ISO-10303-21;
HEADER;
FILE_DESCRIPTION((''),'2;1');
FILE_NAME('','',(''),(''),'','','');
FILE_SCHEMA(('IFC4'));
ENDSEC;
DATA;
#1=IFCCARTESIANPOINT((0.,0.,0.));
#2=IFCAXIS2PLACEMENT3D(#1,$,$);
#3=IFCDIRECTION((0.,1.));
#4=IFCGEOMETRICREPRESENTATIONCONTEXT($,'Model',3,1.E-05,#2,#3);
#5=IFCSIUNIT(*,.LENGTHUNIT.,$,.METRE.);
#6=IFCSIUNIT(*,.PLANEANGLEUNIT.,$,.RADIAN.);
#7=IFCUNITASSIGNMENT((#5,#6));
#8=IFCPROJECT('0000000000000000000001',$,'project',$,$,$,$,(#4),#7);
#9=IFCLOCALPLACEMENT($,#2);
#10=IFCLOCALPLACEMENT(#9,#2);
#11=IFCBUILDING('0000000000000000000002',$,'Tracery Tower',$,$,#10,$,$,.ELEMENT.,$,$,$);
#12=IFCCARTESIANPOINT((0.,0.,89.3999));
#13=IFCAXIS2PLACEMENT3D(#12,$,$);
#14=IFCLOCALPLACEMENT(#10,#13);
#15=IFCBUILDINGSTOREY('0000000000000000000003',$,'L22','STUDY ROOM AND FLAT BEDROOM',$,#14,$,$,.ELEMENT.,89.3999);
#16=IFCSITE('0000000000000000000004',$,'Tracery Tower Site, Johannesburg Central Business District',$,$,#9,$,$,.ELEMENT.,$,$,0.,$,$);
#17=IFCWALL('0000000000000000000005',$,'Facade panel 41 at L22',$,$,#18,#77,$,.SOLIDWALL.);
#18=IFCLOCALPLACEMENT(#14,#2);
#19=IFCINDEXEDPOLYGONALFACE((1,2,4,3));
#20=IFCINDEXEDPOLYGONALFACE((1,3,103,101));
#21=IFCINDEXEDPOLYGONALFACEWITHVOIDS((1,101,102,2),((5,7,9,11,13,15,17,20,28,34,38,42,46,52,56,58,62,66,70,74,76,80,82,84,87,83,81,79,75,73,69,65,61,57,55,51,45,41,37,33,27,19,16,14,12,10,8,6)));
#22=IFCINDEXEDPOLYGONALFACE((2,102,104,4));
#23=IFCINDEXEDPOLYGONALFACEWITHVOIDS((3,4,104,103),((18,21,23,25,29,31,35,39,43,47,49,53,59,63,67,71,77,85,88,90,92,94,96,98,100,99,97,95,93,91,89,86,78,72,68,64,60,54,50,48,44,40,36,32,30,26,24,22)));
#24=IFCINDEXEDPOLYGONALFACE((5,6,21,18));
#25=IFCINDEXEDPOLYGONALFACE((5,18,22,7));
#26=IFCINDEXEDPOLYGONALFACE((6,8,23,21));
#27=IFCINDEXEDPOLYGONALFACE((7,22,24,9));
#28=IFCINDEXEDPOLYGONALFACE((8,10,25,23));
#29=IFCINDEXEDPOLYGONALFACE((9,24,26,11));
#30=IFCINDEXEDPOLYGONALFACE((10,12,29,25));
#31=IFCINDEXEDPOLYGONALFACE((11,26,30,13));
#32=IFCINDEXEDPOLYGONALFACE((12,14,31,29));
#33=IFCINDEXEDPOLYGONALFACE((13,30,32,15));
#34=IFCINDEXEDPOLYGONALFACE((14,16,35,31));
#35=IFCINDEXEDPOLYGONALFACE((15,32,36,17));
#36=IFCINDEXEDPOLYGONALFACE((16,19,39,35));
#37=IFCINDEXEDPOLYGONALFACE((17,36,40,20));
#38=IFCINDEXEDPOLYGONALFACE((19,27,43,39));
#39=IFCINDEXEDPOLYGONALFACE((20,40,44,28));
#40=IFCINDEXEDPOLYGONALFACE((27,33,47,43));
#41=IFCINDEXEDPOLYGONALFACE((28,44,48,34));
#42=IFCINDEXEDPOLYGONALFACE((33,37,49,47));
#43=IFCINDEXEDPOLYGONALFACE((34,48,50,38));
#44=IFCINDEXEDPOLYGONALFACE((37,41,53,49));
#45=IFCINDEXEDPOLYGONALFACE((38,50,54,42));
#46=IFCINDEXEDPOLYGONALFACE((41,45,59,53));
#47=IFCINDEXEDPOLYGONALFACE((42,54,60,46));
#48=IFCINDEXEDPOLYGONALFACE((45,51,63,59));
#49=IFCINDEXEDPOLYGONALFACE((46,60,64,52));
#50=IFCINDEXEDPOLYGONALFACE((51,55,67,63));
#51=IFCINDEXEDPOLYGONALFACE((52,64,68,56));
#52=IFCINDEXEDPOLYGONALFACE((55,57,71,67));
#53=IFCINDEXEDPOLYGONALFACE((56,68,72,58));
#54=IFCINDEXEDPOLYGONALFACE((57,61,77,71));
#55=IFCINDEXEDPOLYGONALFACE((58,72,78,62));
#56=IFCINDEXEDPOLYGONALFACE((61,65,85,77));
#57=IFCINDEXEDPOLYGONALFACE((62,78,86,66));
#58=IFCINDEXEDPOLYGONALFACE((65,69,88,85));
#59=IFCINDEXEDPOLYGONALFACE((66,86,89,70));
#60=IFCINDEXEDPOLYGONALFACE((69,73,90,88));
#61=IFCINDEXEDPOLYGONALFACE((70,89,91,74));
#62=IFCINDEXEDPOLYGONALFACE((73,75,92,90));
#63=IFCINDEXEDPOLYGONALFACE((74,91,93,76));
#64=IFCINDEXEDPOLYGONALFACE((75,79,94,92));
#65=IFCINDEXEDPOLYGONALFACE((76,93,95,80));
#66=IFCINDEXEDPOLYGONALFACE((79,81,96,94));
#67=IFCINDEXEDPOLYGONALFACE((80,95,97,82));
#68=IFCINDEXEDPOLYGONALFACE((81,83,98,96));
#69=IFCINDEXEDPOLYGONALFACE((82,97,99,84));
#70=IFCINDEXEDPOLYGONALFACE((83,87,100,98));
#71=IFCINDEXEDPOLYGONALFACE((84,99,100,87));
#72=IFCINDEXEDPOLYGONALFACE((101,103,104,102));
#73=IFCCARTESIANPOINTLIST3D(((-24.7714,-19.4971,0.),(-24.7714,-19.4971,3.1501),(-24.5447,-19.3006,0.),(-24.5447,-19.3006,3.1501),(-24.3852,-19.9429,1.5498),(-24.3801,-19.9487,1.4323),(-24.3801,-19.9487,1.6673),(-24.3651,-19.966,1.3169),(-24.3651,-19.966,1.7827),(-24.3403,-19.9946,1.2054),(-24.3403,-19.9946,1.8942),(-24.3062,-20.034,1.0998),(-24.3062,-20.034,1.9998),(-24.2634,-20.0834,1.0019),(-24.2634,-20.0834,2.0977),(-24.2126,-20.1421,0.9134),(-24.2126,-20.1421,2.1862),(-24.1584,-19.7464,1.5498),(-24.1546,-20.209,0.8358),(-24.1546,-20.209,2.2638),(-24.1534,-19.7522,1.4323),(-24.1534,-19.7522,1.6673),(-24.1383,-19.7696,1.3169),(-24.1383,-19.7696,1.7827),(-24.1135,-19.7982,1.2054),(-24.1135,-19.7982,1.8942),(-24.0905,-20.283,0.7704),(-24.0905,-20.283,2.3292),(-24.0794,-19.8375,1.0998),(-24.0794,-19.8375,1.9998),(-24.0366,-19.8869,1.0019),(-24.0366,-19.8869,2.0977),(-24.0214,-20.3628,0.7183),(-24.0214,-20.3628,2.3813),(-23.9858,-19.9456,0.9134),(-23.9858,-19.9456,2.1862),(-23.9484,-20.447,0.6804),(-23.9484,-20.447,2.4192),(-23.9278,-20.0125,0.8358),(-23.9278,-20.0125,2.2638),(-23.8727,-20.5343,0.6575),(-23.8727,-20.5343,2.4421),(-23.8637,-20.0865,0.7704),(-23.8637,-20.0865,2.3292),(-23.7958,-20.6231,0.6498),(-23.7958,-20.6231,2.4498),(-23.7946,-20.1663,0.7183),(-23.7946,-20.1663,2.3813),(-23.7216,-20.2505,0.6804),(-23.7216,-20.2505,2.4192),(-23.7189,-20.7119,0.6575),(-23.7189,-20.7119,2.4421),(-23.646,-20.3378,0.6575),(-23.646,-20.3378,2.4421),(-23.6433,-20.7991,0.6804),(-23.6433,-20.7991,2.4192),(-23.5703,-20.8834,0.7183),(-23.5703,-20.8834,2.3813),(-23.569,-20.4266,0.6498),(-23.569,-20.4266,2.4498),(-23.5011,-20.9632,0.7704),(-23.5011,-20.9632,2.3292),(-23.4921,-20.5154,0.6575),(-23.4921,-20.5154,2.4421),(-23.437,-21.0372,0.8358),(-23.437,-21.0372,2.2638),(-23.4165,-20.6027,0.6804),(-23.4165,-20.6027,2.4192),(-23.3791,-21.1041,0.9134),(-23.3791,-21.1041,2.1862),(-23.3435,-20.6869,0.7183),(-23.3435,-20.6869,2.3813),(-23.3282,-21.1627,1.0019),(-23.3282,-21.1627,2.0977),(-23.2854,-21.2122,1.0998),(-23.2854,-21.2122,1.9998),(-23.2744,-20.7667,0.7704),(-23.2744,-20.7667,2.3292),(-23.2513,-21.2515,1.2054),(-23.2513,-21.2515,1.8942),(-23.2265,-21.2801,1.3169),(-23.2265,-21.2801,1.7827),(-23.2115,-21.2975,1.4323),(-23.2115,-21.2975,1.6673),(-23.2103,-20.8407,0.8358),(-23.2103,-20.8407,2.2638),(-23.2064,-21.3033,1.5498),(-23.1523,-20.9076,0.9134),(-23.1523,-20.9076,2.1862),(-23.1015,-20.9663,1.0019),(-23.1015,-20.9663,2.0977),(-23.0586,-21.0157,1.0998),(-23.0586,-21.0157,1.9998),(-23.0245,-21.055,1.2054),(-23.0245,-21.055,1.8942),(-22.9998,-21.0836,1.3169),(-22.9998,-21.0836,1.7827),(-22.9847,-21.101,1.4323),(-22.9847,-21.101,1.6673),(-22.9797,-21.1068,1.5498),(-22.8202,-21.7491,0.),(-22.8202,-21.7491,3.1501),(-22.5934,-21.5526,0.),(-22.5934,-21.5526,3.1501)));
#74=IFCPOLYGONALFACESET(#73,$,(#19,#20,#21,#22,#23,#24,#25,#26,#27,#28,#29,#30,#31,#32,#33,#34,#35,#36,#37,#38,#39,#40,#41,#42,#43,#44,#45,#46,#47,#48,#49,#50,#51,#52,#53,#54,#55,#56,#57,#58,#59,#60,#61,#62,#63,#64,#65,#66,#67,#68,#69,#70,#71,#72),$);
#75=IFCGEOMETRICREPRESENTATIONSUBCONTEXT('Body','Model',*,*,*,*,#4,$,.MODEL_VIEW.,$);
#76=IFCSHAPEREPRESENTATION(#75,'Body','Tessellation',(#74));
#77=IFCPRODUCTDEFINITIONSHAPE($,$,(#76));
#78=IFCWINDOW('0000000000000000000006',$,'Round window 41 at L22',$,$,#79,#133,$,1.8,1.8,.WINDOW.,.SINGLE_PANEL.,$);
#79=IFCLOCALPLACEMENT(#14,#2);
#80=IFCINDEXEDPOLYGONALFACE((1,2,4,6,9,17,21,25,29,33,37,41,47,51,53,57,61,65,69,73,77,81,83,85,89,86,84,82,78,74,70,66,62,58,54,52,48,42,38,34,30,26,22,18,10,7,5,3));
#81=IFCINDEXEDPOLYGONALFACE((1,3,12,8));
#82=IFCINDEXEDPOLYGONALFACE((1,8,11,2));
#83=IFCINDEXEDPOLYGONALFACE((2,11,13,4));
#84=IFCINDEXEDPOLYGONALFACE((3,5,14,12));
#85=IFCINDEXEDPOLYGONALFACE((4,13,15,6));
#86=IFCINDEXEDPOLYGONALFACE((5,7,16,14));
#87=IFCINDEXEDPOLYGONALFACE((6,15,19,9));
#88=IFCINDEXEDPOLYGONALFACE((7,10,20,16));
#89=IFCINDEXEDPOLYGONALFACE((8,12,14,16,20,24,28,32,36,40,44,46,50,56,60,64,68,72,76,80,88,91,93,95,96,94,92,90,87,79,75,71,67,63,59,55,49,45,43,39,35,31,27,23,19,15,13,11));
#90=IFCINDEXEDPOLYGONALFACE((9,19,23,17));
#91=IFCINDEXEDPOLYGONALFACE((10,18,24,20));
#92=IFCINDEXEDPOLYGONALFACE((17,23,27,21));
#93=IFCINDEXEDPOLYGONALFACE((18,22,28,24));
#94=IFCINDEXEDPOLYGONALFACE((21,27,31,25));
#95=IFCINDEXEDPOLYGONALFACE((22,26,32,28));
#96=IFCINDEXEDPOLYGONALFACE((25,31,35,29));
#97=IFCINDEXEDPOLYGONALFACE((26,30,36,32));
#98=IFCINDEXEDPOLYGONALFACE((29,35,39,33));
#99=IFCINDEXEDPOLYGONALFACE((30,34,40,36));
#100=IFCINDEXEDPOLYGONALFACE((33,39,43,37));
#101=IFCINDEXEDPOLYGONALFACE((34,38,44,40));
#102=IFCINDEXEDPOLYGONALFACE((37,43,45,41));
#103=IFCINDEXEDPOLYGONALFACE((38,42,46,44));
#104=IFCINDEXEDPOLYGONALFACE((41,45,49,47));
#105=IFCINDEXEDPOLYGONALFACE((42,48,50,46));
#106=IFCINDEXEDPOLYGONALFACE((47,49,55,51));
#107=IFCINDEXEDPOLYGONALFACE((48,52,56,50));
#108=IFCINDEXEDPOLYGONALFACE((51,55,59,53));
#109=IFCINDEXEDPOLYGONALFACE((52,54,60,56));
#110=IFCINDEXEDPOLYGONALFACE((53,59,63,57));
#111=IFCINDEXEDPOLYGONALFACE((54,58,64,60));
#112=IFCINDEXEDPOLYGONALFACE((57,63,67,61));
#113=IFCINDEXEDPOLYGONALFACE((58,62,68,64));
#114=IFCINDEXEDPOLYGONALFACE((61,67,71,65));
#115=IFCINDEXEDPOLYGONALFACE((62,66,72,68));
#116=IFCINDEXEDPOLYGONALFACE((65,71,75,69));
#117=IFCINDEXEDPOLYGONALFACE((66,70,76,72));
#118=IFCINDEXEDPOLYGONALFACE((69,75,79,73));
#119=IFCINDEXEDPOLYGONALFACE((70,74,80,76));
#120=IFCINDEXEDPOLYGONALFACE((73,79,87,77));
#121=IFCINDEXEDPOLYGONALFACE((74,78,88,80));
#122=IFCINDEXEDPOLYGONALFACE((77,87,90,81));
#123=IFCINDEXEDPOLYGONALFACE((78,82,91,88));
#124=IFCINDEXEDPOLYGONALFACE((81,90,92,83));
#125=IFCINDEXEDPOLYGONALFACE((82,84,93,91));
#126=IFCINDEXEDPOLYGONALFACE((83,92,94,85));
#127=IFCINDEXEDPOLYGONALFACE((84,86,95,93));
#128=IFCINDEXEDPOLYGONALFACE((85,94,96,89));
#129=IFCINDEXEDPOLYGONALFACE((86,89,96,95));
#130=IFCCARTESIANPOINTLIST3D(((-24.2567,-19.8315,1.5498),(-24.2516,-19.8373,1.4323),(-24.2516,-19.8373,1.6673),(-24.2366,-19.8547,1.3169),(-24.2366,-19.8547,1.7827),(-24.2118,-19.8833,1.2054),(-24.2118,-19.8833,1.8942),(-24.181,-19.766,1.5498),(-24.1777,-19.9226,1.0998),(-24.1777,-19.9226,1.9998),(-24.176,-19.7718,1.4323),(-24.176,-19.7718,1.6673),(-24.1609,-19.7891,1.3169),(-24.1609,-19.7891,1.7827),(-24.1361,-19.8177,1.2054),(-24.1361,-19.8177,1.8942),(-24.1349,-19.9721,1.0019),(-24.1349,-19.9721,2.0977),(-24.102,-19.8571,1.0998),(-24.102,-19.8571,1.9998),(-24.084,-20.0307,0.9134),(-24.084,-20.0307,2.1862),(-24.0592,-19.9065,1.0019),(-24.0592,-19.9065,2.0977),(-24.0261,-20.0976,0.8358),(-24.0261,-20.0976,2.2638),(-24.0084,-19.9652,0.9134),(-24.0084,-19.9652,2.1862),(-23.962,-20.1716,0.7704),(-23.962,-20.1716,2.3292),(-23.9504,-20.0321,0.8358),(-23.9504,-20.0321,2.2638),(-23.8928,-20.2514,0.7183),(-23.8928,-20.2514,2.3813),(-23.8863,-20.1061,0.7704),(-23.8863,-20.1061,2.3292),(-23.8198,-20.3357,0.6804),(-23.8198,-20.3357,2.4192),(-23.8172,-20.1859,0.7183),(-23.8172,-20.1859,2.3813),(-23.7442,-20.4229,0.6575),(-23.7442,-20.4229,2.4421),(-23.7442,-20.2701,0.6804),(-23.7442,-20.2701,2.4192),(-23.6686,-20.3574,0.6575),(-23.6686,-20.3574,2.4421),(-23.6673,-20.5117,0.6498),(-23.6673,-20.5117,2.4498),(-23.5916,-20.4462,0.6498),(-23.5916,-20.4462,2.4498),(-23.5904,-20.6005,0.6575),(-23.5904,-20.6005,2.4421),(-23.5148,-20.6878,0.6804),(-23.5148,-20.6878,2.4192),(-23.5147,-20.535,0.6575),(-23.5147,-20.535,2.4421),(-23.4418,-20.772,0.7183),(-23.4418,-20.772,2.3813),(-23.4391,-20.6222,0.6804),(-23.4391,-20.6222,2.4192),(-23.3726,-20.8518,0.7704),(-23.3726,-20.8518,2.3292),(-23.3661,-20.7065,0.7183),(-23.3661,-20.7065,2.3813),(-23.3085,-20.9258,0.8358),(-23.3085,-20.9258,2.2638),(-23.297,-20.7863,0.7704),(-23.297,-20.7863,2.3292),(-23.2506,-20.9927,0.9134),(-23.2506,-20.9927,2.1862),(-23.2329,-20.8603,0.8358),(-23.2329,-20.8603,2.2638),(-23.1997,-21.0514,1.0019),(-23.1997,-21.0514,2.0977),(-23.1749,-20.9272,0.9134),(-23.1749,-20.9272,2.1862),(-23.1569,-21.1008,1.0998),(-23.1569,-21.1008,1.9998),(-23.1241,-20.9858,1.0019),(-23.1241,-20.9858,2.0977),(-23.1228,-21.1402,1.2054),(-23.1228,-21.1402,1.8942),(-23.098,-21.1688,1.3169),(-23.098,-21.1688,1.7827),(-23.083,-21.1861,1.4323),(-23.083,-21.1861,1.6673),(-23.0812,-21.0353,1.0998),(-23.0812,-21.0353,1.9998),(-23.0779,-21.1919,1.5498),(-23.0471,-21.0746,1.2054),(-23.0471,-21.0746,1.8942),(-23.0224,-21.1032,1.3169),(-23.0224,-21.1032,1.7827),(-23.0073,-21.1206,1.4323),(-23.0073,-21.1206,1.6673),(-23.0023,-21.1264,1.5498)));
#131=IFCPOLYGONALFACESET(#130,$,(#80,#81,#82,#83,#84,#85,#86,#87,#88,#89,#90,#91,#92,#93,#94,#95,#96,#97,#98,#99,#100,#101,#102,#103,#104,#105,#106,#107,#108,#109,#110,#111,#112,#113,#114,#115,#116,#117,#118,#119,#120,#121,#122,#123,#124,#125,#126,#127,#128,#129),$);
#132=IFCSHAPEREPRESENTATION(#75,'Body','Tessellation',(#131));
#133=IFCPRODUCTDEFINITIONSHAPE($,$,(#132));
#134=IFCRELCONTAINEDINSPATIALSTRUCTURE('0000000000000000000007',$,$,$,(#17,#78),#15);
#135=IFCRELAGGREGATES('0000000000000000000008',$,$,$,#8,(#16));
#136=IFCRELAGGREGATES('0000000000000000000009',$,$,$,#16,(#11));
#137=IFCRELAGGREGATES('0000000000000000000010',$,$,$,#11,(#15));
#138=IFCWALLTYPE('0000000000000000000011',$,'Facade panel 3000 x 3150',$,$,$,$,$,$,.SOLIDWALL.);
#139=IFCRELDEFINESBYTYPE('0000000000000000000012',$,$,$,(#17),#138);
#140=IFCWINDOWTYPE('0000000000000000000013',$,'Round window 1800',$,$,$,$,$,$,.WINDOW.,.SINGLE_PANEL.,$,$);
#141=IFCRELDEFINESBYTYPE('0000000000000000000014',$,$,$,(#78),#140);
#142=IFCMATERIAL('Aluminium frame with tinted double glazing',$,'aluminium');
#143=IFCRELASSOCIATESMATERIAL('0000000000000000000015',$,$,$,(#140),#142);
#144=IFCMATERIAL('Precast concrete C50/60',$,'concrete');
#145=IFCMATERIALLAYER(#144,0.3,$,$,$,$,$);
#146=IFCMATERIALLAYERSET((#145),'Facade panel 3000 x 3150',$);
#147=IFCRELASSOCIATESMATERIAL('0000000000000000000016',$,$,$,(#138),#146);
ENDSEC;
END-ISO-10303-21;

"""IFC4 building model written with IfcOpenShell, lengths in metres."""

from ifc_helpers import new_model, si_unit, direction, frame, frame_2d, origin, origin_2d, place, context, subcontext, project, spatial, rectangle, circle, extrude, material, layer, layer_set, type_object, element, fill, save


model = new_model("IFC4")

# Units and contexts
model_context = context("Model", 3, precision=1e-05, world=origin(), true_north=direction((0.0, 1.0)))
body_context = subcontext(model_context, "Body", "Model", "MODEL_VIEW")
ifc_project = project(units=[si_unit("LENGTHUNIT", "METRE"), si_unit("PLANEANGLEUNIT", "RADIAN")], contexts=[model_context])

# Site, building, storey
site_placement = place(None, origin())
site = spatial("IfcSite", under=ifc_project, at=site_placement, Name="Tracery Tower Site, Johannesburg Central Business District", CompositionType="ELEMENT", RefElevation=0.0)
building_placement = place(site_placement, origin())
building = spatial("IfcBuilding", under=site, at=building_placement, Name="Tracery Tower", CompositionType="ELEMENT")
storey_placement = place(building_placement, frame((0.0, 0.0, 89.3999)))
storey = spatial("IfcBuildingStorey", under=building, at=storey_placement, Name="L22", Description="STUDY ROOM AND FLAT BEDROOM", CompositionType="ELEMENT", Elevation=89.3999)

# Wall, opening, window
ifc_material_1 = material(Name="Aluminium frame with tinted double glazing", Category="aluminium")
window_type = type_object("IfcWindowType", Name="Round window 1800", PartitioningType="SINGLE_PANEL", PredefinedType="WINDOW", material=ifc_material_1)
ifc_material_2 = material(Name="Precast concrete C50/60", Category="concrete")
ifc_layer_1 = layer(ifc_material_2, 0.3)
ifc_layer_set_1 = layer_set([ifc_layer_1], Name="Facade panel 3000 x 3150")
wall_type_1 = type_object("IfcWallType", Name="Facade panel 3000 x 3150", PredefinedType="SOLIDWALL", material=ifc_layer_set_1)
wall_1_placement = place(storey_placement, frame((-24.658, -19.3989, 0.0), z_axis=(0.0, 0.0, 1.0), x_axis=(0.654831, -0.755776, 0.0)))
wall_1 = element("IfcWall", 1, at=wall_1_placement, inside=storey, type_object=wall_type_1, Name="Facade panel 41 at L22", PredefinedType="SOLIDWALL", context=body_context, shape_type="SweptSolid", body=[
    extrude(rectangle(XDim=2.9797, YDim=0.3, at=frame_2d((1.4897, 0.0))), origin(), (0.0, 0.0, 1.0), 3.1501),
])
opening_1_placement = place(wall_1_placement, frame((1.4897, 0.0, 1.5498)))
opening_1 = element("IfcOpeningElement", 2, at=opening_1_placement, cuts=wall_1, PredefinedType="OPENING", context=body_context, shape_type="SweptSolid", body=[
    extrude(circle(Radius=0.9, at=origin_2d()), frame((0.0, 0.1599, 0.0), z_axis=(0.0, -1.0, 0.0), x_axis=(1.0, 0.0, 0.0)), (0.0, 0.0, 1.0), 0.3201),
])
window_1_placement = place(opening_1_placement, origin())
window_1 = element("IfcWindow", 3, at=window_1_placement, inside=storey, type_object=window_type, Name="Round window 41 at L22", OverallHeight=1.8, OverallWidth=1.8, PartitioningType="SINGLE_PANEL", PredefinedType="WINDOW", context=body_context, shape_type="SweptSolid", body=[
    extrude(circle(Radius=0.9, at=origin_2d()), frame((0.0, 0.1201, 0.0), z_axis=(0.0, -1.0, 0.0), x_axis=(1.0, 0.0, 0.0)), (0.0, 0.0, 1.0), 0.1001),
])
fill(opening_1, window_1)

save(model, "model.ifc")
